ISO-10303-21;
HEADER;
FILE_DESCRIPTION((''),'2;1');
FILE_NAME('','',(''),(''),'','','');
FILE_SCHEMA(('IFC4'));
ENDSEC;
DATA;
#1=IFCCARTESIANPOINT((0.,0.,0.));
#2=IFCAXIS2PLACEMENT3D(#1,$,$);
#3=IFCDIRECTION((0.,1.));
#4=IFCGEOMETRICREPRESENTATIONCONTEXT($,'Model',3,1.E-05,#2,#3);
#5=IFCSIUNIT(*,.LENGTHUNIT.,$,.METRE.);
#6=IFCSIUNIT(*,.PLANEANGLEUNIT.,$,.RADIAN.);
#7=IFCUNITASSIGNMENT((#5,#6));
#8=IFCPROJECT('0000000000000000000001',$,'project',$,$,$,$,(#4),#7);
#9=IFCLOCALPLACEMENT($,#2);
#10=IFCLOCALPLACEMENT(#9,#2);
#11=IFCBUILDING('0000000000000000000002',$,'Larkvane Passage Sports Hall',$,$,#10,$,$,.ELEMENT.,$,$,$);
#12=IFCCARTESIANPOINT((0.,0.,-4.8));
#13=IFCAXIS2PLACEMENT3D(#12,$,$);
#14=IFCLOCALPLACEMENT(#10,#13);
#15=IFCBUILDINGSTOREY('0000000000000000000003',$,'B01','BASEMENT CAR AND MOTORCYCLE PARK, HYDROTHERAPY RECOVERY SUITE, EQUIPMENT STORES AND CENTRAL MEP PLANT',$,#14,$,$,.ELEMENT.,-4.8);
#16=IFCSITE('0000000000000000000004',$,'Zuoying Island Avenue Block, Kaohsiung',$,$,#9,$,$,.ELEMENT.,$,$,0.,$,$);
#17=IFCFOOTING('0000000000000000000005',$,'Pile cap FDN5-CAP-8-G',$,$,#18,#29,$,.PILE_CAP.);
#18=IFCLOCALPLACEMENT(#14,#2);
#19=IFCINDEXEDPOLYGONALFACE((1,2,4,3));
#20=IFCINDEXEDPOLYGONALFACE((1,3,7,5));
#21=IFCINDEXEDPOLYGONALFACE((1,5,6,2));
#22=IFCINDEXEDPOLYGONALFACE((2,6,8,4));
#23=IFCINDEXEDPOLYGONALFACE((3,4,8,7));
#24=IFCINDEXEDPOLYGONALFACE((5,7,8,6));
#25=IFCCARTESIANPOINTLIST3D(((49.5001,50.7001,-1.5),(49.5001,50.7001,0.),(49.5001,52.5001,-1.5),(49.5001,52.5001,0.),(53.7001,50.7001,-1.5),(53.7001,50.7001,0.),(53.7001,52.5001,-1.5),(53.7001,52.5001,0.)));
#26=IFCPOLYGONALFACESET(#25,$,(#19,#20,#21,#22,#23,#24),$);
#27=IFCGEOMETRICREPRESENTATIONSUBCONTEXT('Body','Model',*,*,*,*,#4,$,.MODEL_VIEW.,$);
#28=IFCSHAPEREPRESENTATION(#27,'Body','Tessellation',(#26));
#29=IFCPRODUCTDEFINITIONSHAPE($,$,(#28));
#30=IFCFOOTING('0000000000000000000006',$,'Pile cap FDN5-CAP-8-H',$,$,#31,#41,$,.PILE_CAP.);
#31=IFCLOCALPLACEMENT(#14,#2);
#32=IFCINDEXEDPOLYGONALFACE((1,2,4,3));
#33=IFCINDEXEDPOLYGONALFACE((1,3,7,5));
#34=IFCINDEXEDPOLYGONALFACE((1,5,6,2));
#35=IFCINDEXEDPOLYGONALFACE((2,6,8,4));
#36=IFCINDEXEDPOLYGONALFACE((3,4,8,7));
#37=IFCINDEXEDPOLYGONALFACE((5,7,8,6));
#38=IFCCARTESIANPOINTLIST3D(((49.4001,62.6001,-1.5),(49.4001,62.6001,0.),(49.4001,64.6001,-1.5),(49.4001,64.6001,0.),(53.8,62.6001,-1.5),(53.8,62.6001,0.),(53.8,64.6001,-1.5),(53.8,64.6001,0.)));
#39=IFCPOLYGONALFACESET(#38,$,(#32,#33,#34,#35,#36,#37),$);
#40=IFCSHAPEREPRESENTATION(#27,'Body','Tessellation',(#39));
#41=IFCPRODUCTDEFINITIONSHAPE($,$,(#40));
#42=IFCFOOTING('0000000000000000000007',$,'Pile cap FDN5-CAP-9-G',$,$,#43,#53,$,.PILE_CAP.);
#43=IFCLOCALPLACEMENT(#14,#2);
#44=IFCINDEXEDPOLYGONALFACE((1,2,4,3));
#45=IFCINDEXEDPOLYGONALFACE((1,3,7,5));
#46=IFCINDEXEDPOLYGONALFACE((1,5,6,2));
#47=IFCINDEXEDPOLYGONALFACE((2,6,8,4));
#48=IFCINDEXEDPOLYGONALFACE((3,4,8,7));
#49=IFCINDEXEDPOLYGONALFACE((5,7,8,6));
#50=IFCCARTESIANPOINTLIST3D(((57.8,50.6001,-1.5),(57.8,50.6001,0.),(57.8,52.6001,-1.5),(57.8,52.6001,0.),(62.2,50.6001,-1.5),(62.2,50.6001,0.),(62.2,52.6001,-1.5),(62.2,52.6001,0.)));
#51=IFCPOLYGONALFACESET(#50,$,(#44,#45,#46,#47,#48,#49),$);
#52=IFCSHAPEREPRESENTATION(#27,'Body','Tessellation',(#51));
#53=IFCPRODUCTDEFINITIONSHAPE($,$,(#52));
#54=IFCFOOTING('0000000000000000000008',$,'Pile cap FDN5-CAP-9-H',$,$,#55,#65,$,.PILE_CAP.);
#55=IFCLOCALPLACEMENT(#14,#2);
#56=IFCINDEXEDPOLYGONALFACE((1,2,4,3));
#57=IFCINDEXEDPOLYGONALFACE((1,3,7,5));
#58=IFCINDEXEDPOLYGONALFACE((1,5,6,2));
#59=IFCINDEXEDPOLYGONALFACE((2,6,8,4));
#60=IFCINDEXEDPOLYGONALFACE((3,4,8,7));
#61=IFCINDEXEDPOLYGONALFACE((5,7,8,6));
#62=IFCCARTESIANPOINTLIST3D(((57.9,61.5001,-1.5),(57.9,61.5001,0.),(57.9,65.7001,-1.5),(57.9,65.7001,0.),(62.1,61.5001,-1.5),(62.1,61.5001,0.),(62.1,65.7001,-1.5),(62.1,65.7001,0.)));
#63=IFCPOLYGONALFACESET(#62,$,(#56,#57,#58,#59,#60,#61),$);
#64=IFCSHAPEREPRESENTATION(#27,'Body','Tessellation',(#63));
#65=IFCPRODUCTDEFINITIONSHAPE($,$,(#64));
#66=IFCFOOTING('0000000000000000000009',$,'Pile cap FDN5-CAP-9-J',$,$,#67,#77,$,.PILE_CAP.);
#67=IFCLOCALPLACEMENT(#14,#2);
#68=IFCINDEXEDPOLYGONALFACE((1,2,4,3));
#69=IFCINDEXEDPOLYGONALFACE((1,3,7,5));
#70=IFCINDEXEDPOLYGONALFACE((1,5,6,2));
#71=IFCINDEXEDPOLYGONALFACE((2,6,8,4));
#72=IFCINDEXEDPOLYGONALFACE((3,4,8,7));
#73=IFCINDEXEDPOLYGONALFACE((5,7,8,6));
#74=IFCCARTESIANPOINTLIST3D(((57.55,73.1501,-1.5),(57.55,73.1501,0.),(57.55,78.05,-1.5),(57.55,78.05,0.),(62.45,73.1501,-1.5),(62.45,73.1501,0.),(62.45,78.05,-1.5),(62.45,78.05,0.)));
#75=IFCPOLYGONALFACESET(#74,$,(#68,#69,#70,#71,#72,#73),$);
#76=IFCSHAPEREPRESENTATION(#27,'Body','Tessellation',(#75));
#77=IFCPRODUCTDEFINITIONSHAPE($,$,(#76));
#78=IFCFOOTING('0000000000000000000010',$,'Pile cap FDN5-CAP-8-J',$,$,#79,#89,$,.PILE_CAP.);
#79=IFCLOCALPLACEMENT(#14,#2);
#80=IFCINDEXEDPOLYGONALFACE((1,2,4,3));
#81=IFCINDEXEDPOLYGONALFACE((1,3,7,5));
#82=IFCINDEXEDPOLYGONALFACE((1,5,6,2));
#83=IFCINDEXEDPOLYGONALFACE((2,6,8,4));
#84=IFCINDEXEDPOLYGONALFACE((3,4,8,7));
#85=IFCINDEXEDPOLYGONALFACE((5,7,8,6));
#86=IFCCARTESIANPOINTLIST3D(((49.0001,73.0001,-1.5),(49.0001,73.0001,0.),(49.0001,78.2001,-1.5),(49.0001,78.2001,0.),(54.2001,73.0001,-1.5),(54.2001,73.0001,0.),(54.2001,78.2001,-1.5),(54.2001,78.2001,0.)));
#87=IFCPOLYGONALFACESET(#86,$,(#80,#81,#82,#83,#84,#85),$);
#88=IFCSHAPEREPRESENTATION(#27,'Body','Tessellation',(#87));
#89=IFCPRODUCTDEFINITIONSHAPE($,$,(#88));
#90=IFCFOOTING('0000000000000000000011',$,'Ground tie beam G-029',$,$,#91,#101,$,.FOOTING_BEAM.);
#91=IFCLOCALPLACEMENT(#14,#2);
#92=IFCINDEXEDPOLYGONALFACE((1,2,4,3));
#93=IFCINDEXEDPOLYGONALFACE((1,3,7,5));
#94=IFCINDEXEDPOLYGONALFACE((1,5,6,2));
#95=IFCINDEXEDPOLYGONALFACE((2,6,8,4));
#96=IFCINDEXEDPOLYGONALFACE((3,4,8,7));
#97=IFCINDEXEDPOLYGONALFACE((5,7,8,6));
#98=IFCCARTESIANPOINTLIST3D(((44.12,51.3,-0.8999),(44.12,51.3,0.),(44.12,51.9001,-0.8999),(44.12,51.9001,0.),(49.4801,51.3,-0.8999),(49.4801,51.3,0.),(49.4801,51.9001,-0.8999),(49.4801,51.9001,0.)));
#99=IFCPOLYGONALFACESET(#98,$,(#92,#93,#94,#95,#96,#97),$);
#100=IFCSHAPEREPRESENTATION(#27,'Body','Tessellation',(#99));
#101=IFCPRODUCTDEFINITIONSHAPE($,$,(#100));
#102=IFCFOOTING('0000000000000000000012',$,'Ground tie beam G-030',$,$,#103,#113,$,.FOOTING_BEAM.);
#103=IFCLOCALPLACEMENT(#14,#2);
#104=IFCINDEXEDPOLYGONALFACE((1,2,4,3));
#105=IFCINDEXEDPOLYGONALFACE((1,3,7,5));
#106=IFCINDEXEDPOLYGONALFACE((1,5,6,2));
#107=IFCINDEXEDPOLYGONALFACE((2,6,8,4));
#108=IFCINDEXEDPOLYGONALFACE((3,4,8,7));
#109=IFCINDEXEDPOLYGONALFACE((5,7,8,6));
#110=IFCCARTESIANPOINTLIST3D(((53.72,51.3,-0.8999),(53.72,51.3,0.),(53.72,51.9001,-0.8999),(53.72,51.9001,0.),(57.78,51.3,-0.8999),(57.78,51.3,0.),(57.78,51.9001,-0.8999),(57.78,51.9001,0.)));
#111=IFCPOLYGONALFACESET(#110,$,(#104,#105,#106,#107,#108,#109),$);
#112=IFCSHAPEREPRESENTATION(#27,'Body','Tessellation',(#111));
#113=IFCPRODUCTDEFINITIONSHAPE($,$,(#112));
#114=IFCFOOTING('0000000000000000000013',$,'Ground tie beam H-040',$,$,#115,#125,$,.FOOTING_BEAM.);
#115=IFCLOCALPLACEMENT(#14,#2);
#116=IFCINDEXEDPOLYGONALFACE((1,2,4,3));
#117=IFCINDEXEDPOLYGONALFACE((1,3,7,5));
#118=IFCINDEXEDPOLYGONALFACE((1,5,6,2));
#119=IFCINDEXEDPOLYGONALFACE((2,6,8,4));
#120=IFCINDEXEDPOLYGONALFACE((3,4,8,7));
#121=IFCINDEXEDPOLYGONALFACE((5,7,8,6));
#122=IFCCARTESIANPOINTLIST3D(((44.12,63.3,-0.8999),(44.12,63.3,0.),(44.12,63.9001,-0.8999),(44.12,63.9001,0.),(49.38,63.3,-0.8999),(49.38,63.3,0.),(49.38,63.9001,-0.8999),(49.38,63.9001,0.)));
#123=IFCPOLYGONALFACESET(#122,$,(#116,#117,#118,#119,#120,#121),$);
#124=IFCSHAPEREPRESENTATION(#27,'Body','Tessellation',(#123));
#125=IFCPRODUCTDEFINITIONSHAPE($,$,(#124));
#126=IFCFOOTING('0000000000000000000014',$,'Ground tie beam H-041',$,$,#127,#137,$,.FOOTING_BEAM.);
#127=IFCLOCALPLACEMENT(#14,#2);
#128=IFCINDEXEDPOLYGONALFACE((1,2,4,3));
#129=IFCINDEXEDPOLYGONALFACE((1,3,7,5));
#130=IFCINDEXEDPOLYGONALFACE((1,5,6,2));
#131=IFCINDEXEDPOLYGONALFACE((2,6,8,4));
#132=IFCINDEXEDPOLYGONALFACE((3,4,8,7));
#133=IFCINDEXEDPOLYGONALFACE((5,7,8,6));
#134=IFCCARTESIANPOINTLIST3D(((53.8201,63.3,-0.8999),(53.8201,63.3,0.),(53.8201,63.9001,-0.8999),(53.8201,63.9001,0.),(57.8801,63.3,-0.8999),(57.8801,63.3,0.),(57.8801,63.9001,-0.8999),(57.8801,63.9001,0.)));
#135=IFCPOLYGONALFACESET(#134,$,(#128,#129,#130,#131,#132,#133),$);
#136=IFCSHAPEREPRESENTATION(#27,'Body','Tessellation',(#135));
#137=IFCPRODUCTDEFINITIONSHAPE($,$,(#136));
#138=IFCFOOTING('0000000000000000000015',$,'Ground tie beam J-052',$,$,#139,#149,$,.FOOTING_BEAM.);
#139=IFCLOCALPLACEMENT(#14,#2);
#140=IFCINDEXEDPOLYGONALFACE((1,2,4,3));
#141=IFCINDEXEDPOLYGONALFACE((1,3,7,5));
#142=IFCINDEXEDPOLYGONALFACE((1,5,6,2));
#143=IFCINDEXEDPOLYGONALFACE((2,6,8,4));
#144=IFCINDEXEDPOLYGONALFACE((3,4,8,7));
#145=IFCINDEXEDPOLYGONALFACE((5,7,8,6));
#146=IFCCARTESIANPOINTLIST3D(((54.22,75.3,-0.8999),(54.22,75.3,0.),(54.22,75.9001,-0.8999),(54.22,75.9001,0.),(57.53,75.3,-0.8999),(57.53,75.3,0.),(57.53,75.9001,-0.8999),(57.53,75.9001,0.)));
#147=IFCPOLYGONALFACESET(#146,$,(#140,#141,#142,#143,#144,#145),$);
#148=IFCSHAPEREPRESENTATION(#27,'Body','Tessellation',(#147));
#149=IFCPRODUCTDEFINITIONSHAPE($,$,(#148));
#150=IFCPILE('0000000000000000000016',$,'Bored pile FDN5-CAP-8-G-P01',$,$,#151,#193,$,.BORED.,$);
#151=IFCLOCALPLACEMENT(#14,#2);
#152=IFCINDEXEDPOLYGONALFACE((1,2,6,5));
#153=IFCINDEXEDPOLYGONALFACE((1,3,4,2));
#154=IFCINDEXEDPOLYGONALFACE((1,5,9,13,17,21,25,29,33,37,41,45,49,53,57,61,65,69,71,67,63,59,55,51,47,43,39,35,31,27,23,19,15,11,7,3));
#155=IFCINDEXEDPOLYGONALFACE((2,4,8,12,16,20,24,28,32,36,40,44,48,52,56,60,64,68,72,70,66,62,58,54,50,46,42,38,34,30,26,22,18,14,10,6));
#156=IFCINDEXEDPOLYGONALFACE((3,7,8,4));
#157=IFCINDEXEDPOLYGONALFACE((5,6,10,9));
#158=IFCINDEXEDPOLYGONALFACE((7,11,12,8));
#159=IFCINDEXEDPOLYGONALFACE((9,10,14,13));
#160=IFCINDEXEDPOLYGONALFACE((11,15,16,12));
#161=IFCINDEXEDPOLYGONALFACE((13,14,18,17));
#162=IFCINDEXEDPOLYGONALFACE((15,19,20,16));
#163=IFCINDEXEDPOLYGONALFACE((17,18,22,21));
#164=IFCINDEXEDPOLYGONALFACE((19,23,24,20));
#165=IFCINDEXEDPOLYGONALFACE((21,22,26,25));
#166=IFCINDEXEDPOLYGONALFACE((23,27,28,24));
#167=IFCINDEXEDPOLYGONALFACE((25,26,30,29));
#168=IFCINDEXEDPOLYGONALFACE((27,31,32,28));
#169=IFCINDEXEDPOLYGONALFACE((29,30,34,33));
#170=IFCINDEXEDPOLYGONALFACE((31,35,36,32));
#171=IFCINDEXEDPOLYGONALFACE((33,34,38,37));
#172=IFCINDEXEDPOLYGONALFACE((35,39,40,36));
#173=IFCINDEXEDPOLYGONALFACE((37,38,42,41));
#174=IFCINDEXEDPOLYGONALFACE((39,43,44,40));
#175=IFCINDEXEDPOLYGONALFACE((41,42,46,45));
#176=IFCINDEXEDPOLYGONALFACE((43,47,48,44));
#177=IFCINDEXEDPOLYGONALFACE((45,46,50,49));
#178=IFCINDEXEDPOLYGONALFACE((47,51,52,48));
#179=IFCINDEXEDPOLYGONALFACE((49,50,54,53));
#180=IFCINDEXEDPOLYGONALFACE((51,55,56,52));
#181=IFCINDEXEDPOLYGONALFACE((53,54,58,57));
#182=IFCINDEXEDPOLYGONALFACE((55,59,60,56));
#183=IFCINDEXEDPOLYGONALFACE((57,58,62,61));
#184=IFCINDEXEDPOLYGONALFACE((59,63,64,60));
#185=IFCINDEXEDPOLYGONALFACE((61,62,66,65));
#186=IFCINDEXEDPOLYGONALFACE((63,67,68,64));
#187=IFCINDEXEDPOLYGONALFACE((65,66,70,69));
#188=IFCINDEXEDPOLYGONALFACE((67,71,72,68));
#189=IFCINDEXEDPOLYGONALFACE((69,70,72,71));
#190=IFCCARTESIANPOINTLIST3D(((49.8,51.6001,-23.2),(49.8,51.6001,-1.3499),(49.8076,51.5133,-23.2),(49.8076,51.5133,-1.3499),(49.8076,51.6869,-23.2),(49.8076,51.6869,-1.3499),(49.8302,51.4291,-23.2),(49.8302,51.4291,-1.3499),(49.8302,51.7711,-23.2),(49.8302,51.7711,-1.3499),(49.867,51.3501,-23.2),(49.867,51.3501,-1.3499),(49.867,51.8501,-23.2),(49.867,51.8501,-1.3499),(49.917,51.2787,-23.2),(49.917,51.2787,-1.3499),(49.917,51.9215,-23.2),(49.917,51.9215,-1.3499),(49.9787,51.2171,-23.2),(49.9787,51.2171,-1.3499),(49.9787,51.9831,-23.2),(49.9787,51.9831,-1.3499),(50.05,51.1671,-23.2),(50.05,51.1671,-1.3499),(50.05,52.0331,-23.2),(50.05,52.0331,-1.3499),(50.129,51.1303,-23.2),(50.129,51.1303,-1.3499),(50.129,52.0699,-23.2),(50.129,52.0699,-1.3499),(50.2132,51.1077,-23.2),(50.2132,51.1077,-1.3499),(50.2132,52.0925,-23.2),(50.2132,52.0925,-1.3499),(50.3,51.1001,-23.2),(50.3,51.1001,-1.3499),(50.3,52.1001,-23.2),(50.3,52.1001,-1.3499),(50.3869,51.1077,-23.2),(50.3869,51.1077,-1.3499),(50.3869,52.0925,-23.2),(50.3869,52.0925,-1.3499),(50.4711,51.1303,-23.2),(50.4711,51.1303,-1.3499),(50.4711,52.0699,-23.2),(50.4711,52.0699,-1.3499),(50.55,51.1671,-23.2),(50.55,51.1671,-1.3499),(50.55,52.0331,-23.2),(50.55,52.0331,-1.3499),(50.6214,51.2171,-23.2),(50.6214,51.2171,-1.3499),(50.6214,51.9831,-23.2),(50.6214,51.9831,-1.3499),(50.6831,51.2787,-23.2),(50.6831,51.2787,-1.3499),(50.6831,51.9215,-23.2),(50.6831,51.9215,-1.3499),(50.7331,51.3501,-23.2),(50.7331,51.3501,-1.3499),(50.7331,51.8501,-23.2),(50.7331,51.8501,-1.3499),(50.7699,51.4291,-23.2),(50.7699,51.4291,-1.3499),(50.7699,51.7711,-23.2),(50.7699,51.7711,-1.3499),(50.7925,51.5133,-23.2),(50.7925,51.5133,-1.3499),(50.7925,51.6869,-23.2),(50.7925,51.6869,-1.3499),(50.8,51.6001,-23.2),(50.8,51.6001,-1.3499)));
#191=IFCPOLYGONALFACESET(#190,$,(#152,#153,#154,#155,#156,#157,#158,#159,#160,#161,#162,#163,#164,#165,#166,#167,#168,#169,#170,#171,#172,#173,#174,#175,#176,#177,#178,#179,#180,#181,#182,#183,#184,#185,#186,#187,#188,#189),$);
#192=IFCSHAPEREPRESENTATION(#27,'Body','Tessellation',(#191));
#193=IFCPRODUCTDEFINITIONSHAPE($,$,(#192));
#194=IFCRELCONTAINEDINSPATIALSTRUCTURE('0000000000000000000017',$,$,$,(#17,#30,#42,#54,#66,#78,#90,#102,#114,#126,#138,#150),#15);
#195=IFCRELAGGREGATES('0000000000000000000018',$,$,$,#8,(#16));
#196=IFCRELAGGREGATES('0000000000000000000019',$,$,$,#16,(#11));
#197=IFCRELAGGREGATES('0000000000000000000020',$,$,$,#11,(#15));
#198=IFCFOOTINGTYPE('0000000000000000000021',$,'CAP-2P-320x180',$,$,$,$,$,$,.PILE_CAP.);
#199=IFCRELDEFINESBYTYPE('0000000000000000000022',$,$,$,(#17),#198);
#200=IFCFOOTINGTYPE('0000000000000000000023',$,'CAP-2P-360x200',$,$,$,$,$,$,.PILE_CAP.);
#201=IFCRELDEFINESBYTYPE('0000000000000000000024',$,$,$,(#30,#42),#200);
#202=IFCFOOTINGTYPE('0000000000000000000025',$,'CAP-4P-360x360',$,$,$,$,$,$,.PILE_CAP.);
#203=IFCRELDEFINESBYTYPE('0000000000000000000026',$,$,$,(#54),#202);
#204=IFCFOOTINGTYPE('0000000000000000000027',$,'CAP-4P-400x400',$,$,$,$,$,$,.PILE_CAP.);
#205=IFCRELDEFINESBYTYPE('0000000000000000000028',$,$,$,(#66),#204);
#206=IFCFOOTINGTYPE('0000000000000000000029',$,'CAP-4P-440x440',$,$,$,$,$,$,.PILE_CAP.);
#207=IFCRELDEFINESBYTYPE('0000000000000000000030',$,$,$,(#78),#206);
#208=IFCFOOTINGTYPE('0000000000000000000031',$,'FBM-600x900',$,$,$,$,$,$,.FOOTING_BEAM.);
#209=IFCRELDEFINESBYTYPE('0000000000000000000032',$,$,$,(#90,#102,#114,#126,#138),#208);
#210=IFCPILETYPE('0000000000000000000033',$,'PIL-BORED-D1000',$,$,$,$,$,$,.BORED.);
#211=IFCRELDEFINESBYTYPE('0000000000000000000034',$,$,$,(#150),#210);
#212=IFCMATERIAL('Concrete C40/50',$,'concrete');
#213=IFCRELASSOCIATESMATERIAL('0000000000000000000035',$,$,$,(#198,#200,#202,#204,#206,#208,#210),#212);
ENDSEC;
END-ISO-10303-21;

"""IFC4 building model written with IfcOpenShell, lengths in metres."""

from ifc_helpers import new_model, si_unit, direction, frame, origin, origin_2d, place, context, subcontext, project, spatial, rectangle, circle, extrude, material, material_profile, profile_set, type_object, element, save


model = new_model("IFC4")

# Units and contexts
model_context = context("Model", 3, precision=1e-05, world=origin(), true_north=direction((0.0, 1.0)))
body_context = subcontext(model_context, "Body", "Model", "MODEL_VIEW")
ifc_project = project(units=[si_unit("LENGTHUNIT", "METRE"), si_unit("PLANEANGLEUNIT", "RADIAN")], contexts=[model_context])

# Site, building, storey
site_placement = place(None, origin())
site = spatial("IfcSite", under=ifc_project, at=site_placement, Name="Zuoying Island Avenue Block, Kaohsiung", CompositionType="ELEMENT", RefElevation=0.0)
building_placement = place(site_placement, origin())
building = spatial("IfcBuilding", under=site, at=building_placement, Name="Larkvane Passage Sports Hall", CompositionType="ELEMENT")
storey_placement = place(building_placement, frame((0.0, 0.0, -4.8)))
storey = spatial("IfcBuildingStorey", under=building, at=storey_placement, Name="B01", Description="BASEMENT CAR AND MOTORCYCLE PARK, HYDROTHERAPY RECOVERY SUITE, EQUIPMENT STORES AND CENTRAL MEP PLANT", CompositionType="ELEMENT", Elevation=-4.8)

# Footings
ifc_material_1 = material(Name="Concrete C40/50", Category="concrete")
footing_type_1 = type_object("IfcFootingType", Name="CAP-2P-320x180", PredefinedType="PILE_CAP", material=ifc_material_1)
footing_1_placement = place(storey_placement, frame((51.6001, 51.6001, -1.5), z_axis=(0.0, 0.0, 1.0), x_axis=(1.0, 0.0, 0.0)))
element("IfcFooting", 1, at=footing_1_placement, inside=storey, type_object=footing_type_1, Name="Pile cap FDN5-CAP-8-G", PredefinedType="PILE_CAP", context=body_context, shape_type="SweptSolid", body=[
    extrude(rectangle(XDim=4.2, YDim=1.8, at=origin_2d()), origin(), (0.0, 0.0, 1.0), 1.5),
])
footing_type_2 = type_object("IfcFootingType", Name="CAP-2P-360x200", PredefinedType="PILE_CAP", material=ifc_material_1)
for number, where, z_axis, x_axis, name in (
    (2, (51.6001, 63.6001, -1.5), (0.0, 0.0, 1.0), (1.0, 0.0, 0.0), "Pile cap FDN5-CAP-8-H"),
    (3, (60.0, 51.6001, -1.5), (0.0, 0.0, 1.0), (1.0, 0.0, 0.0), "Pile cap FDN5-CAP-9-G"),
):
    element("IfcFooting", number, at=place(storey_placement, frame(where, z_axis=z_axis, x_axis=x_axis)), inside=storey, type_object=footing_type_2, Name=name, PredefinedType="PILE_CAP", context=body_context, shape_type="SweptSolid", body=[
        extrude(rectangle(XDim=4.3999, YDim=2.0, at=origin_2d()), origin(), (0.0, 0.0, 1.0), 1.5),
    ])
footing_type_3 = type_object("IfcFootingType", Name="CAP-4P-360x360", PredefinedType="PILE_CAP", material=ifc_material_1)
footing_2_placement = place(storey_placement, frame((60.0, 63.6001, -1.5), z_axis=(0.0, 0.0, 1.0), x_axis=(1.0, 0.0, 0.0)))
element("IfcFooting", 4, at=footing_2_placement, inside=storey, type_object=footing_type_3, Name="Pile cap FDN5-CAP-9-H", PredefinedType="PILE_CAP", context=body_context, shape_type="SweptSolid", body=[
    extrude(rectangle(XDim=4.2, YDim=4.2, at=origin_2d()), origin(), (0.0, 0.0, 1.0), 1.5),
])
footing_type_4 = type_object("IfcFootingType", Name="CAP-4P-400x400", PredefinedType="PILE_CAP", material=ifc_material_1)
footing_3_placement = place(storey_placement, frame((60.0, 75.6001, -1.5), z_axis=(0.0, 0.0, 1.0), x_axis=(1.0, 0.0, 0.0)))
element("IfcFooting", 5, at=footing_3_placement, inside=storey, type_object=footing_type_4, Name="Pile cap FDN5-CAP-9-J", PredefinedType="PILE_CAP", context=body_context, shape_type="SweptSolid", body=[
    extrude(rectangle(XDim=4.8999, YDim=4.8999, at=origin_2d()), origin(), (0.0, 0.0, 1.0), 1.5),
])
footing_type_5 = type_object("IfcFootingType", Name="CAP-4P-440x440", PredefinedType="PILE_CAP", material=ifc_material_1)
footing_4_placement = place(storey_placement, frame((51.6001, 75.6001, -1.5), z_axis=(0.0, 0.0, 1.0), x_axis=(1.0, 0.0, 0.0)))
element("IfcFooting", 6, at=footing_4_placement, inside=storey, type_object=footing_type_5, Name="Pile cap FDN5-CAP-8-J", PredefinedType="PILE_CAP", context=body_context, shape_type="SweptSolid", body=[
    extrude(rectangle(XDim=5.2, YDim=5.2, at=origin_2d()), origin(), (0.0, 0.0, 1.0), 1.5),
])
footing_type_6 = type_object("IfcFootingType", Name="FBM-600x900", PredefinedType="FOOTING_BEAM", material=ifc_material_1)
footing_5_placement = place(storey_placement, frame((46.8, 51.6001, -0.8999), z_axis=(0.0, 0.0, 1.0), x_axis=(1.0, 0.0, 0.0)))
element("IfcFooting", 7, at=footing_5_placement, inside=storey, type_object=footing_type_6, Name="Ground tie beam G-029", PredefinedType="FOOTING_BEAM", context=body_context, shape_type="SweptSolid", body=[
    extrude(rectangle(XDim=5.3601, YDim=0.6001, at=origin_2d()), origin(), (0.0, 0.0, 1.0), 0.8999),
])
footing_6_placement = place(storey_placement, frame((55.75, 51.6001, -0.8999), z_axis=(0.0, 0.0, 1.0), x_axis=(1.0, 0.0, 0.0)))
element("IfcFooting", 8, at=footing_6_placement, inside=storey, type_object=footing_type_6, Name="Ground tie beam G-030", PredefinedType="FOOTING_BEAM", context=body_context, shape_type="SweptSolid", body=[
    extrude(rectangle(XDim=4.0601, YDim=0.6001, at=origin_2d()), origin(), (0.0, 0.0, 1.0), 0.8999),
])
footing_7_placement = place(storey_placement, frame((46.75, 63.6001, -0.8999), z_axis=(0.0, 0.0, 1.0), x_axis=(1.0, 0.0, 0.0)))
element("IfcFooting", 9, at=footing_7_placement, inside=storey, type_object=footing_type_6, Name="Ground tie beam H-040", PredefinedType="FOOTING_BEAM", context=body_context, shape_type="SweptSolid", body=[
    extrude(rectangle(XDim=5.26, YDim=0.6001, at=origin_2d()), origin(), (0.0, 0.0, 1.0), 0.8999),
])
footing_8_placement = place(storey_placement, frame((55.8501, 63.6001, -0.8999), z_axis=(0.0, 0.0, 1.0), x_axis=(1.0, 0.0, 0.0)))
element("IfcFooting", 10, at=footing_8_placement, inside=storey, type_object=footing_type_6, Name="Ground tie beam H-041", PredefinedType="FOOTING_BEAM", context=body_context, shape_type="SweptSolid", body=[
    extrude(rectangle(XDim=4.0601, YDim=0.6001, at=origin_2d()), origin(), (0.0, 0.0, 1.0), 0.8999),
])
footing_9_placement = place(storey_placement, frame((55.875, 75.6001, -0.8999), z_axis=(0.0, 0.0, 1.0), x_axis=(1.0, 0.0, 0.0)))
element("IfcFooting", 11, at=footing_9_placement, inside=storey, type_object=footing_type_6, Name="Ground tie beam J-052", PredefinedType="FOOTING_BEAM", context=body_context, shape_type="SweptSolid", body=[
    extrude(rectangle(XDim=3.3101, YDim=0.6001, at=origin_2d()), origin(), (0.0, 0.0, 1.0), 0.8999),
])

# Pile
ifc_material_profile_1 = material_profile(ifc_material_1, circle(Radius=0.5, at=origin_2d()), Name="PILE-D1000")
ifc_profile_set_1 = profile_set([ifc_material_profile_1], Name="Concrete C40/50")
pile_type_1 = type_object("IfcPileType", Name="PIL-BORED-D1000", PredefinedType="BORED", material=ifc_profile_set_1)
for number, where, z_axis, x_axis, name in (
    (12, (50.3, 51.6001, -1.3499), (0.0, 0.0, -1.0), (1.0, 0.0, 0.0), "Bored pile FDN5-CAP-8-G-P01"),
):
    element("IfcPile", number, at=place(storey_placement, frame(where, z_axis=z_axis, x_axis=x_axis)), inside=storey, type_object=pile_type_1, Name=name, PredefinedType="BORED", context=body_context, shape_type="SweptSolid", body=[
        extrude(circle(Radius=0.5, at=origin_2d()), origin(), (0.0, 0.0, 1.0), 21.8501),
    ])

save(model, "model.ifc")
